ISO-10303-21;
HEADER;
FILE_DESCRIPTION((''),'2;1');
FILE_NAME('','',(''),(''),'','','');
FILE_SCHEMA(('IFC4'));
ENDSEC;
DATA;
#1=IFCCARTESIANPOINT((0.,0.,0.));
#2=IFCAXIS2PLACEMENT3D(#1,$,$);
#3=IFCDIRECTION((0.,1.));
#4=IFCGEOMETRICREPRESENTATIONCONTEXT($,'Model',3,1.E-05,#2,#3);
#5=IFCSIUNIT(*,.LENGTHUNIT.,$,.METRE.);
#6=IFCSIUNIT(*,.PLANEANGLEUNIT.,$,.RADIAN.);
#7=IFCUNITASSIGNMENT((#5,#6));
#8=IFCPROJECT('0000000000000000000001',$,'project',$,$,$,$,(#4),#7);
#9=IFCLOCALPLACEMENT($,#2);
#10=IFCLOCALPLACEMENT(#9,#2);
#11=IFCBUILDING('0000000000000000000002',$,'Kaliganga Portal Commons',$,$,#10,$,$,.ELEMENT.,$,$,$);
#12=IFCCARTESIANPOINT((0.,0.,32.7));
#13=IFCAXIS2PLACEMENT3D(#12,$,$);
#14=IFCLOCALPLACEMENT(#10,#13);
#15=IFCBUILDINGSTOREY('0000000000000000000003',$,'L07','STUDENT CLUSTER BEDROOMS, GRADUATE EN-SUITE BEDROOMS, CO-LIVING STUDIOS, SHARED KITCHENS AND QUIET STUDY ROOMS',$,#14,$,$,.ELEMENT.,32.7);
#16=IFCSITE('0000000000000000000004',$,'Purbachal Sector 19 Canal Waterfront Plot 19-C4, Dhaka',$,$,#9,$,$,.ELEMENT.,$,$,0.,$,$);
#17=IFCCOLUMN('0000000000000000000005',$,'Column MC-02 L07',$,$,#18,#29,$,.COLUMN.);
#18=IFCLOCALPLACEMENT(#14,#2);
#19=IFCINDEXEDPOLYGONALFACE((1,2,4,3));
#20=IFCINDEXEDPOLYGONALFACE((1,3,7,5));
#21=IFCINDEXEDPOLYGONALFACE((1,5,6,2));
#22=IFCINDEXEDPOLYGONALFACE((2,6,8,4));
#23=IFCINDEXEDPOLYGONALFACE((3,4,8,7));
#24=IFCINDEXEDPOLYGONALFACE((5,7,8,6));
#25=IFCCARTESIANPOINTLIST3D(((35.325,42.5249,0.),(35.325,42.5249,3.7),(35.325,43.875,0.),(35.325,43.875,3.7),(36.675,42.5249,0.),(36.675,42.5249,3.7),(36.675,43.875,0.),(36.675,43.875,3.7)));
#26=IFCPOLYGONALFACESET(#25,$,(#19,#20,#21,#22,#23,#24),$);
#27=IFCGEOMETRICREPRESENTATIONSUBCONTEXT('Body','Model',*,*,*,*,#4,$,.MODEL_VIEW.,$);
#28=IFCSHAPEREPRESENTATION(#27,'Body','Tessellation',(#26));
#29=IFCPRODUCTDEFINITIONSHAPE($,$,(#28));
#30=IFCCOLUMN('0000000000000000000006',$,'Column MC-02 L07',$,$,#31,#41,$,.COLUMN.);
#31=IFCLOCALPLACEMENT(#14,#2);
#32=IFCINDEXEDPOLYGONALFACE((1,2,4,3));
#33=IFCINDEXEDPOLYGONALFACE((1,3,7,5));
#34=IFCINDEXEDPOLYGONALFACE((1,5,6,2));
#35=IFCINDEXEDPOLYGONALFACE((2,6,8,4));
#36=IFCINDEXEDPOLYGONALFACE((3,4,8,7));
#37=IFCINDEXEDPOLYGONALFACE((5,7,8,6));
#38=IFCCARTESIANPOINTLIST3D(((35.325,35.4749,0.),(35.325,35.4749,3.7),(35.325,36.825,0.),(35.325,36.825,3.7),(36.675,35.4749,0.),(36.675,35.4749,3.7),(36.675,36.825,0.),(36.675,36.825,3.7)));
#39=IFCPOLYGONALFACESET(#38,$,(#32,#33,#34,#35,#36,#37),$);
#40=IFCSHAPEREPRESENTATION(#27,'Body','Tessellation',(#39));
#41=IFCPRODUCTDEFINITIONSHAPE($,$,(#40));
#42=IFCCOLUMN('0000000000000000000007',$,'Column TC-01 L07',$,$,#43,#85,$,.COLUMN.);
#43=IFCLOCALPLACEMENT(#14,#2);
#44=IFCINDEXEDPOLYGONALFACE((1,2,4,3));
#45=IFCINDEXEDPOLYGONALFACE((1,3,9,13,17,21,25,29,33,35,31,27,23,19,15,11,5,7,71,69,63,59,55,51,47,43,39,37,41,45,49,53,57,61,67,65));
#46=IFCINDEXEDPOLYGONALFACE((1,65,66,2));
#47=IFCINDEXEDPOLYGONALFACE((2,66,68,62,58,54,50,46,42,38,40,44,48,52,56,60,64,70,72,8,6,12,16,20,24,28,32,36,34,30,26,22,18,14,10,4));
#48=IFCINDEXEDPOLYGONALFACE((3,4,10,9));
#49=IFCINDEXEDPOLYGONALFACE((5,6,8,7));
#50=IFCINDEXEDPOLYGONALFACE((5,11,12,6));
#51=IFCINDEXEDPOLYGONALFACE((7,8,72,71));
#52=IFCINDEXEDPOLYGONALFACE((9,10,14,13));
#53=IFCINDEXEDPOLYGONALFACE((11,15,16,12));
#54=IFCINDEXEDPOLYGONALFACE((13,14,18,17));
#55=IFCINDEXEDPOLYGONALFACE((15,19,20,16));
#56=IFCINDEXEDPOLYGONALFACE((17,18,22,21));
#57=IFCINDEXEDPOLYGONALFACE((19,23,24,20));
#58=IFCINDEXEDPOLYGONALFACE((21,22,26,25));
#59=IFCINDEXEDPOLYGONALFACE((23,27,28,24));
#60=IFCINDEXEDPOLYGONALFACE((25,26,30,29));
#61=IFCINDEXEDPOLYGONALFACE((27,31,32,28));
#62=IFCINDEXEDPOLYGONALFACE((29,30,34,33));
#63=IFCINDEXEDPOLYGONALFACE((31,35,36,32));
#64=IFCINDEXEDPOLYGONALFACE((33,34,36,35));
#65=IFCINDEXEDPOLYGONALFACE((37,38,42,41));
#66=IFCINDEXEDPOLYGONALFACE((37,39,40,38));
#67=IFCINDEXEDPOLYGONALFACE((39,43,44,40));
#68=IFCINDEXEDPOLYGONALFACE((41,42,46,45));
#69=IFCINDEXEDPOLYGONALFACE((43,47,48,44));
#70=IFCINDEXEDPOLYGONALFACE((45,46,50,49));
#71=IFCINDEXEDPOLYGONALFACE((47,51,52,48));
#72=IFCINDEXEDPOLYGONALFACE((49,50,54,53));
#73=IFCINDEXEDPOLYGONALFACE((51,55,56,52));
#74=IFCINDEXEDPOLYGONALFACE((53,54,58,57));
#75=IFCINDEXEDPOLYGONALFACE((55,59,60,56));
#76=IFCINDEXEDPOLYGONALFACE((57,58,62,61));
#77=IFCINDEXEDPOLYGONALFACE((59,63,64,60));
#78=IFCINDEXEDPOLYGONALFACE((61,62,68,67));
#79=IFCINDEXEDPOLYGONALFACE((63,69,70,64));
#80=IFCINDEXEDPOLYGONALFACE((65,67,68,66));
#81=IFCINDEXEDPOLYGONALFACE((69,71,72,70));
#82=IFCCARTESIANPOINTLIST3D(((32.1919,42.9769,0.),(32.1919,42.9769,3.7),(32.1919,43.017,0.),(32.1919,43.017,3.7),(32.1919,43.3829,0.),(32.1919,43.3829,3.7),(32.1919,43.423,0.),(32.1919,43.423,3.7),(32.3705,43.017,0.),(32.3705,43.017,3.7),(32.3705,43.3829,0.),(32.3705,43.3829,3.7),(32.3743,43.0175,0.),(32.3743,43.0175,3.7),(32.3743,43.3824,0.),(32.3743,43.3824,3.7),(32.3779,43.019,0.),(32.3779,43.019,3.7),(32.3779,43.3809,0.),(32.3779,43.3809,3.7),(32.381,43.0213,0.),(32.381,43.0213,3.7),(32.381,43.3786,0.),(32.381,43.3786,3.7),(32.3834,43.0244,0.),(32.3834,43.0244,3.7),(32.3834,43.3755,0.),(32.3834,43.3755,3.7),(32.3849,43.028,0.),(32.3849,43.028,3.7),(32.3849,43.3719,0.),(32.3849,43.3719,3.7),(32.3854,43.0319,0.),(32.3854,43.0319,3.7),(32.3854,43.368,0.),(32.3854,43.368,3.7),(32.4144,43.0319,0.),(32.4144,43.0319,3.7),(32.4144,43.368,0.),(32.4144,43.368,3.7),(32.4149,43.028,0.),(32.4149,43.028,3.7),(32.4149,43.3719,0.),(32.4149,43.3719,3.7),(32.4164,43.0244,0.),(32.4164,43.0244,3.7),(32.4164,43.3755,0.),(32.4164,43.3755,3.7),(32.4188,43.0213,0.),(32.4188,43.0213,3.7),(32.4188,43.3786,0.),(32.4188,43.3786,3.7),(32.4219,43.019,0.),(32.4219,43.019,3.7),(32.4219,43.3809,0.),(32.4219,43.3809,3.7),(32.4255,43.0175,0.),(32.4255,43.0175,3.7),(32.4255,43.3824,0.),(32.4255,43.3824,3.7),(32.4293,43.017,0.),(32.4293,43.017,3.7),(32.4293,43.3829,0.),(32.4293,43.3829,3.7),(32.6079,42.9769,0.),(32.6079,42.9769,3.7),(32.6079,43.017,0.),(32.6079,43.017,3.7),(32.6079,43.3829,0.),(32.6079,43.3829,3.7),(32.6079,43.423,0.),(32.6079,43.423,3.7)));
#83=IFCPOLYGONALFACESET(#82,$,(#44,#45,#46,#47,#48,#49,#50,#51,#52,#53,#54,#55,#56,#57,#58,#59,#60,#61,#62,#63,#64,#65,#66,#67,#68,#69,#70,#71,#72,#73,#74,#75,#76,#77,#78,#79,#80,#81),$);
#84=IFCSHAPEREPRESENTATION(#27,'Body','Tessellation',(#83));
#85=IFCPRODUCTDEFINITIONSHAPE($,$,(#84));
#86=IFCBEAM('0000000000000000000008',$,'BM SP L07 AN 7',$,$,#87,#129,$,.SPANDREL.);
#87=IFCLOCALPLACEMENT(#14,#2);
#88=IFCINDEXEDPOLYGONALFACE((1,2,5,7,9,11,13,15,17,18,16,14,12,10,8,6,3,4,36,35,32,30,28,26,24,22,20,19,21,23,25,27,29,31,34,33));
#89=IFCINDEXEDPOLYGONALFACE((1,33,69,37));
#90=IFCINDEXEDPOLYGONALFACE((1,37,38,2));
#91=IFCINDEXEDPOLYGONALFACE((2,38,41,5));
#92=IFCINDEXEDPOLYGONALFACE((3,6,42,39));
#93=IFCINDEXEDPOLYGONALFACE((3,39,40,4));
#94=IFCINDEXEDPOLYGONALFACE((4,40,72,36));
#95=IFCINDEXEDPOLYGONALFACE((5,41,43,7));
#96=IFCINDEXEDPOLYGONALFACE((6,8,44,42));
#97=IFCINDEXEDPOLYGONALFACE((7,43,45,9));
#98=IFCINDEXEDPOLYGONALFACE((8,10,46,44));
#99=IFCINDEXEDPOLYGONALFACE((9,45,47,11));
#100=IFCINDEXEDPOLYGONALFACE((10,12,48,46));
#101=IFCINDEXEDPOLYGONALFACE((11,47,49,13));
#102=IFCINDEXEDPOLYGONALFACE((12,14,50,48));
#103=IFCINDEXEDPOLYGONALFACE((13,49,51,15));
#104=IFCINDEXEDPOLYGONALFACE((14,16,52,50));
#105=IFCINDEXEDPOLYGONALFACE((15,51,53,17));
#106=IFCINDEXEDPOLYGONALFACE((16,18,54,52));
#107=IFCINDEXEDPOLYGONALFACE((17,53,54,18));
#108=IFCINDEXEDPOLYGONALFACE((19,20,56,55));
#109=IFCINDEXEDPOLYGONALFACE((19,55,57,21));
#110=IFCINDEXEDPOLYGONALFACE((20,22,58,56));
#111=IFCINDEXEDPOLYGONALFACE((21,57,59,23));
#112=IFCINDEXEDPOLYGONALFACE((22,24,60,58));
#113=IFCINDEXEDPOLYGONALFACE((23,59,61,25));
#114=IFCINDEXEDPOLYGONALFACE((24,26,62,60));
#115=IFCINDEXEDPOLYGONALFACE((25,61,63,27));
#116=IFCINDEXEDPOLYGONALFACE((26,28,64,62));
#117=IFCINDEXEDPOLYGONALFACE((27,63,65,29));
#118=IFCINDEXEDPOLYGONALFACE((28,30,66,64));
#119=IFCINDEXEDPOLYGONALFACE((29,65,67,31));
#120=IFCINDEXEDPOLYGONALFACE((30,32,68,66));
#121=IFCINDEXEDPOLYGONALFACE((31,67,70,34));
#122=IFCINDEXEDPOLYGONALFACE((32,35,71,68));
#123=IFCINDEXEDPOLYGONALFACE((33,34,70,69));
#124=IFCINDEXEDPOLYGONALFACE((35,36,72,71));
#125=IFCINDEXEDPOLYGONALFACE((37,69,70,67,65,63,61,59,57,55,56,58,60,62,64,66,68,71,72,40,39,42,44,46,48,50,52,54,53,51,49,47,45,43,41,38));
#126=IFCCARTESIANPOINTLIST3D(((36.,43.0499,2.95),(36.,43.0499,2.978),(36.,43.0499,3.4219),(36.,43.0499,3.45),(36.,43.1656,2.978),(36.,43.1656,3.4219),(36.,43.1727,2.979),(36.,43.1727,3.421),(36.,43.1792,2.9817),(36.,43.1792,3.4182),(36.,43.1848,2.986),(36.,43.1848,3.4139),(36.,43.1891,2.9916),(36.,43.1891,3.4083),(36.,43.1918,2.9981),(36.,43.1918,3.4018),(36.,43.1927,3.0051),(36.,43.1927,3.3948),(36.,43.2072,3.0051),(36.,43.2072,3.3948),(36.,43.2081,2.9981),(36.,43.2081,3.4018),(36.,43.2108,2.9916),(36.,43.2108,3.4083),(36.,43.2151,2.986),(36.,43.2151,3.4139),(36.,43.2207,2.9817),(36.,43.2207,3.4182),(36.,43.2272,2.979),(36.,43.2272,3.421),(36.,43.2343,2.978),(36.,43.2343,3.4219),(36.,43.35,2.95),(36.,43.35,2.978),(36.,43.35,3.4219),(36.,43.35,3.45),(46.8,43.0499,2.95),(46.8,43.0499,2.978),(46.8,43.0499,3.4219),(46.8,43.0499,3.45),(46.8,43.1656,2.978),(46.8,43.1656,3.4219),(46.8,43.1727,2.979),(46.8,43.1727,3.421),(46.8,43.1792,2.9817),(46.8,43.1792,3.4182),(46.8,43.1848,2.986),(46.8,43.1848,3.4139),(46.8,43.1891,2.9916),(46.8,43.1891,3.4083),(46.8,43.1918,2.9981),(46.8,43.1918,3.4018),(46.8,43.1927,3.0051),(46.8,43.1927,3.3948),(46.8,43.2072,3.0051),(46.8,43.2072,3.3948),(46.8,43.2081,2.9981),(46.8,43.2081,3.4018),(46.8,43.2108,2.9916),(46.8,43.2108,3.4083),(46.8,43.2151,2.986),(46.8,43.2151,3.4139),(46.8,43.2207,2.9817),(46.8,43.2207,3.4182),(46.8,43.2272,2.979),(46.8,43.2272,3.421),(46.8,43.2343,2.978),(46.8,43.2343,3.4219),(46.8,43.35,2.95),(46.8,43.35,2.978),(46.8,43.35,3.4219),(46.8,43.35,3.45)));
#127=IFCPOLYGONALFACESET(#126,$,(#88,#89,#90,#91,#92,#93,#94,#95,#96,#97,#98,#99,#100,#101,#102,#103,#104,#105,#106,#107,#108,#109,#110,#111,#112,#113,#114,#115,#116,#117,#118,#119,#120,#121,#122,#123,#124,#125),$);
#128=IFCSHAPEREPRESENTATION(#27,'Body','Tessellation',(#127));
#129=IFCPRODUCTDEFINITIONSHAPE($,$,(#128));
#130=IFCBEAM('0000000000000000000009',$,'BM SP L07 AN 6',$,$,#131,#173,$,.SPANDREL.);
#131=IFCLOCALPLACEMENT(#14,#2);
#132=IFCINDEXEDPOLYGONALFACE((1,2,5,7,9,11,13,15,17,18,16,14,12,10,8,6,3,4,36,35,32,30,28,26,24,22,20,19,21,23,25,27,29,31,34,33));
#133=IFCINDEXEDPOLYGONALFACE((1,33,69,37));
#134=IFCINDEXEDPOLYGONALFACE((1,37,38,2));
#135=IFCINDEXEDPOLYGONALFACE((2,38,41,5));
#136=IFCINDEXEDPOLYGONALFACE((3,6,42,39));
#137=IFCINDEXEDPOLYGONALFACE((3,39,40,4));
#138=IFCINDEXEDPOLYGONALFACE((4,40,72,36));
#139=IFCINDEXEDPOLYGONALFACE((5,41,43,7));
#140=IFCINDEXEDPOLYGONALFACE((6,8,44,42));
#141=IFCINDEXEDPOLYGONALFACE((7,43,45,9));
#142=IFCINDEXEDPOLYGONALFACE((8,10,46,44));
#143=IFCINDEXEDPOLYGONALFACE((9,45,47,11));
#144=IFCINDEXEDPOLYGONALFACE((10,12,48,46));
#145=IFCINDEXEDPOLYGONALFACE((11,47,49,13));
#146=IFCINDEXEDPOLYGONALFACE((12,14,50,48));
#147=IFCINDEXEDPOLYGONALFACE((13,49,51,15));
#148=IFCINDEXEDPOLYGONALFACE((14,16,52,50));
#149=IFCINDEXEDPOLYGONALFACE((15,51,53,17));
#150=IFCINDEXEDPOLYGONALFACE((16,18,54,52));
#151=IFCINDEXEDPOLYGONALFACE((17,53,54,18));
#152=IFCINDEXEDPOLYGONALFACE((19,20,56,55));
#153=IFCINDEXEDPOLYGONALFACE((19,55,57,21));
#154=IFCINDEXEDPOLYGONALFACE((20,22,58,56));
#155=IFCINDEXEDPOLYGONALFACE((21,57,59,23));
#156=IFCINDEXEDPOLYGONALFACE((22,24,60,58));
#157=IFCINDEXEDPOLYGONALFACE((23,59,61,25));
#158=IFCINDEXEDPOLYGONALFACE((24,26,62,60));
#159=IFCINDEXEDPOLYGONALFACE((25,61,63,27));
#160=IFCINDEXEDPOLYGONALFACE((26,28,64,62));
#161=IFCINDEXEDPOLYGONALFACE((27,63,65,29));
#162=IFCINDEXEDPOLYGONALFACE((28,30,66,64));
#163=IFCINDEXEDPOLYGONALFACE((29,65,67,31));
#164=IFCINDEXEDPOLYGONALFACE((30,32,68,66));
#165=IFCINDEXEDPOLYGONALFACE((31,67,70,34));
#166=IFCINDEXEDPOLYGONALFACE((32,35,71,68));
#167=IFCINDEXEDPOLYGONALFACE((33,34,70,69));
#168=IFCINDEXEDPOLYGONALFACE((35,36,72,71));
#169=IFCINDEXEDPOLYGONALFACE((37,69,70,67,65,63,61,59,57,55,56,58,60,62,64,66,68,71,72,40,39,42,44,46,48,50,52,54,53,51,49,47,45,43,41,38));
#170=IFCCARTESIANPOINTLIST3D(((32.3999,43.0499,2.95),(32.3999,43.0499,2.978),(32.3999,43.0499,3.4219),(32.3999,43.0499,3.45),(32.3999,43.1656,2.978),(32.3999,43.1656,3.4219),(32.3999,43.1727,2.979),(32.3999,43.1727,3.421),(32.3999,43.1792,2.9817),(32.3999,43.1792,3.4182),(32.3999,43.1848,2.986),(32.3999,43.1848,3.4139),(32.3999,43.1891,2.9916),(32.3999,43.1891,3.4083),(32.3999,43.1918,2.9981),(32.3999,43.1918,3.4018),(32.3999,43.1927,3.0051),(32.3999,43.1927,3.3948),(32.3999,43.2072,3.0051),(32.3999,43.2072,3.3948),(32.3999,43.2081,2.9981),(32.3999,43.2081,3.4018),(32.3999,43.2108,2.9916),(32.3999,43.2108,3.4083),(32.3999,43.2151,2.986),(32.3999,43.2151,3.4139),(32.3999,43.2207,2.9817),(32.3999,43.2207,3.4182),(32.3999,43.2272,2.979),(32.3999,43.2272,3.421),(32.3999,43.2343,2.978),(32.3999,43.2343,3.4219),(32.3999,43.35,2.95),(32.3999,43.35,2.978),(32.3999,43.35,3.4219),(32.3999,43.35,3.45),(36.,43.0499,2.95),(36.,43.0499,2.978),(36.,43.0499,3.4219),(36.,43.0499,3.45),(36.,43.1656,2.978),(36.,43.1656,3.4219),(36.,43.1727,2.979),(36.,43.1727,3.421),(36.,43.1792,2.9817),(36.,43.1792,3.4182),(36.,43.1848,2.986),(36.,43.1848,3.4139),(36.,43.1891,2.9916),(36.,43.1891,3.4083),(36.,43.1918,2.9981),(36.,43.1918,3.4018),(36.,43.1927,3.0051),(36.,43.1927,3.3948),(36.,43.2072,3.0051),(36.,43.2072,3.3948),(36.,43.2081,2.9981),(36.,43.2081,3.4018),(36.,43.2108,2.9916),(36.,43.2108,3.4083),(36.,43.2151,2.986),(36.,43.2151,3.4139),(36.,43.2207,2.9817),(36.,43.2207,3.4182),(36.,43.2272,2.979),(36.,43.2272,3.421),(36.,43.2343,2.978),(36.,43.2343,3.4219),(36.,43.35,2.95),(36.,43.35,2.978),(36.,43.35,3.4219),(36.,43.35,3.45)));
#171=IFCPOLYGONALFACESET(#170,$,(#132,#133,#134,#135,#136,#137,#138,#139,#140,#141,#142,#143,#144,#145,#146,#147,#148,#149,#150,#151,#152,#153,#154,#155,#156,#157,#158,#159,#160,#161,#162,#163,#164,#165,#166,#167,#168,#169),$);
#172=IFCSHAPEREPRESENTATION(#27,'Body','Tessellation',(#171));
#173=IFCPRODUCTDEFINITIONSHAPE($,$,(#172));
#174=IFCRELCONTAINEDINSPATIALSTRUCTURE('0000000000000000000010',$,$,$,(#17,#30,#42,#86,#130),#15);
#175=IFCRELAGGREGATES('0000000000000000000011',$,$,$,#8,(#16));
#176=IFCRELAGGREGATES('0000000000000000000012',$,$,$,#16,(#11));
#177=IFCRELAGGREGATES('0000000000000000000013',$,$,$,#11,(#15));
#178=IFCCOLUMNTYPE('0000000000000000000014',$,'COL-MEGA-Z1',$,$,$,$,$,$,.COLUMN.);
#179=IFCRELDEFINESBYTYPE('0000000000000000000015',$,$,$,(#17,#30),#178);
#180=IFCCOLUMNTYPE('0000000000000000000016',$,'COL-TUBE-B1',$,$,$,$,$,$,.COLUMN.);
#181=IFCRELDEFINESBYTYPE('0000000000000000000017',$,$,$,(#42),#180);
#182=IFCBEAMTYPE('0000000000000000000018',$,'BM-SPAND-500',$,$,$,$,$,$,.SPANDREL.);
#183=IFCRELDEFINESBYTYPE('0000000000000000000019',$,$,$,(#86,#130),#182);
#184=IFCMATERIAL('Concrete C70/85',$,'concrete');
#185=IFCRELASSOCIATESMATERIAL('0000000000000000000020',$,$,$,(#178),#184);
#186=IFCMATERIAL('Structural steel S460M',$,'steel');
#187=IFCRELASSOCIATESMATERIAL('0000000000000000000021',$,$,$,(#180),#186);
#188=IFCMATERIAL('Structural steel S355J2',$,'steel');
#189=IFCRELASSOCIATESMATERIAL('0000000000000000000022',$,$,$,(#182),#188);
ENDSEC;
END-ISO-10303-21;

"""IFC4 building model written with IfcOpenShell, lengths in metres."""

from ifc_helpers import new_model, si_unit, direction, frame, origin, origin_2d, place, context, subcontext, project, spatial, rectangle, i_section, extrude, source, transform, mapped, material, material_profile, profile_set, type_object, element, save


model = new_model("IFC4")

# Units and contexts
model_context = context("Model", 3, precision=1e-05, world=origin(), true_north=direction((0.0, 1.0)))
body_context = subcontext(model_context, "Body", "Model", "MODEL_VIEW")
ifc_project = project(units=[si_unit("LENGTHUNIT", "METRE"), si_unit("PLANEANGLEUNIT", "RADIAN")], contexts=[model_context])

# Site, building, storey
site_placement = place(None, origin())
site = spatial("IfcSite", under=ifc_project, at=site_placement, Name="Purbachal Sector 19 Canal Waterfront Plot 19-C4, Dhaka", CompositionType="ELEMENT", RefElevation=0.0)
building_placement = place(site_placement, origin())
building = spatial("IfcBuilding", under=site, at=building_placement, Name="Kaliganga Portal Commons", CompositionType="ELEMENT")
storey_placement = place(building_placement, frame((0.0, 0.0, 32.7)))
storey = spatial("IfcBuildingStorey", under=building, at=storey_placement, Name="L07", Description="STUDENT CLUSTER BEDROOMS, GRADUATE EN-SUITE BEDROOMS, CO-LIVING STUDIOS, SHARED KITCHENS AND QUIET STUDY ROOMS", CompositionType="ELEMENT", Elevation=32.7)

# Columns
ifc_material_1 = material(Name="Concrete C70/85", Category="concrete")
ifc_material_profile_1 = material_profile(ifc_material_1, rectangle(XDim=1.3501, YDim=1.3501, at=origin_2d()), Name="RC 1350x1350")
ifc_profile_set_1 = profile_set([ifc_material_profile_1], Name="Concrete C70/85")
column_type_1 = type_object("IfcColumnType", Name="COL-MEGA-Z1", PredefinedType="COLUMN", material=ifc_profile_set_1)
shared_shape_1 = source(origin(), body_context, "Body", "SweptSolid", [
    extrude(rectangle(XDim=1.3501, YDim=1.3501, at=origin_2d()), origin(), (0.0, 0.0, 1.0), 3.7),
])
for number, where, z_axis, x_axis, name in (
    (1, (36.0, 43.2, 0.0), (0.0, 0.0, 1.0), (1.0, 0.0, 0.0), "Column MC-02 L07"),
    (2, (36.0, 36.1499, 0.0), (0.0, 0.0, 1.0), (1.0, 0.0, 0.0), "Column MC-02 L07"),
):
    element("IfcColumn", number, at=place(storey_placement, frame(where, z_axis=z_axis, x_axis=x_axis)), inside=storey, type_object=column_type_1, Name=name, PredefinedType="COLUMN", context=body_context, shape_type="MappedRepresentation", body=[
        mapped(shared_shape_1, transform((0.0, 0.0, 0.0), x_axis=(1.0, 0.0, 0.0), y_axis=(0.0, 1.0, 0.0), z_axis=(0.0, 0.0, 1.0), scale=1.0)),
    ])
ifc_material_2 = material(Name="Structural steel S460M", Category="steel")
ifc_material_profile_2 = material_profile(ifc_material_2, i_section(OverallWidth=0.416, OverallDepth=0.446, WebThickness=0.0291, FlangeThickness=0.04, FilletRadius=0.0149, at=origin_2d()), Name="HD 400x509")
ifc_profile_set_2 = profile_set([ifc_material_profile_2], Name="Structural steel S460M wide-flange")
column_type_2 = type_object("IfcColumnType", Name="COL-TUBE-B1", PredefinedType="COLUMN", material=ifc_profile_set_2)
shared_shape_2 = source(origin(), body_context, "Body", "SweptSolid", [
    extrude(i_section(OverallWidth=0.416, OverallDepth=0.446, WebThickness=0.0291, FlangeThickness=0.04, FilletRadius=0.0149, at=origin_2d()), origin(), (0.0, 0.0, 1.0), 3.7),
])
column_placement = place(storey_placement, frame((32.3999, 43.2, 0.0), z_axis=(0.0, 0.0, 1.0), x_axis=(1.0, 0.0, 0.0)))
element("IfcColumn", 3, at=column_placement, inside=storey, type_object=column_type_2, Name="Column TC-01 L07", PredefinedType="COLUMN", context=body_context, shape_type="MappedRepresentation", body=[
    mapped(shared_shape_2, transform((0.0, 0.0, 0.0), x_axis=(1.0, 0.0, 0.0), y_axis=(0.0, 1.0, 0.0), z_axis=(0.0, 0.0, 1.0), scale=1.0)),
])

# Beams
ifc_material_3 = material(Name="Structural steel S355J2", Category="steel")
ifc_material_profile_3 = material_profile(ifc_material_3, i_section(OverallWidth=0.3, OverallDepth=0.5, WebThickness=0.0144, FlangeThickness=0.0281, FilletRadius=0.0271, at=origin_2d()), Name="HE 500 B")
ifc_profile_set_3 = profile_set([ifc_material_profile_3], Name="Structural steel S355J2 wide-flange")
beam_type_1 = type_object("IfcBeamType", Name="BM-SPAND-500", PredefinedType="SPANDREL", material=ifc_profile_set_3)
shared_shape_3 = source(origin(), body_context, "Body", "SweptSolid", [
    extrude(i_section(OverallWidth=0.3, OverallDepth=0.5, WebThickness=0.0144, FlangeThickness=0.0281, FilletRadius=0.0271, at=origin_2d()), origin(), (0.0, 0.0, 1.0), 10.8),
])
beam_1_placement = place(storey_placement, frame((36.0, 43.2, 3.2), z_axis=(1.0, 0.0, 0.0), x_axis=(0.0, 1.0, 0.0)))
element("IfcBeam", 4, at=beam_1_placement, inside=storey, type_object=beam_type_1, Name="BM SP L07 AN 7", PredefinedType="SPANDREL", context=body_context, shape_type="MappedRepresentation", body=[
    mapped(shared_shape_3, transform((0.0, 0.0, 0.0), x_axis=(1.0, 0.0, 0.0), y_axis=(0.0, 1.0, 0.0), z_axis=(0.0, 0.0, 1.0), scale=1.0)),
])
shared_shape_4 = source(origin(), body_context, "Body", "SweptSolid", [
    extrude(i_section(OverallWidth=0.3, OverallDepth=0.5, WebThickness=0.0144, FlangeThickness=0.0281, FilletRadius=0.0271, at=origin_2d()), origin(), (0.0, 0.0, 1.0), 3.6001),
])
beam_2_placement = place(storey_placement, frame((32.3999, 43.2, 3.2), z_axis=(1.0, 0.0, 0.0), x_axis=(0.0, 1.0, 0.0)))
element("IfcBeam", 5, at=beam_2_placement, inside=storey, type_object=beam_type_1, Name="BM SP L07 AN 6", PredefinedType="SPANDREL", context=body_context, shape_type="MappedRepresentation", body=[
    mapped(shared_shape_4, transform((0.0, 0.0, 0.0), x_axis=(1.0, 0.0, 0.0), y_axis=(0.0, 1.0, 0.0), z_axis=(0.0, 0.0, 1.0), scale=1.0)),
])

save(model, "model.ifc")
